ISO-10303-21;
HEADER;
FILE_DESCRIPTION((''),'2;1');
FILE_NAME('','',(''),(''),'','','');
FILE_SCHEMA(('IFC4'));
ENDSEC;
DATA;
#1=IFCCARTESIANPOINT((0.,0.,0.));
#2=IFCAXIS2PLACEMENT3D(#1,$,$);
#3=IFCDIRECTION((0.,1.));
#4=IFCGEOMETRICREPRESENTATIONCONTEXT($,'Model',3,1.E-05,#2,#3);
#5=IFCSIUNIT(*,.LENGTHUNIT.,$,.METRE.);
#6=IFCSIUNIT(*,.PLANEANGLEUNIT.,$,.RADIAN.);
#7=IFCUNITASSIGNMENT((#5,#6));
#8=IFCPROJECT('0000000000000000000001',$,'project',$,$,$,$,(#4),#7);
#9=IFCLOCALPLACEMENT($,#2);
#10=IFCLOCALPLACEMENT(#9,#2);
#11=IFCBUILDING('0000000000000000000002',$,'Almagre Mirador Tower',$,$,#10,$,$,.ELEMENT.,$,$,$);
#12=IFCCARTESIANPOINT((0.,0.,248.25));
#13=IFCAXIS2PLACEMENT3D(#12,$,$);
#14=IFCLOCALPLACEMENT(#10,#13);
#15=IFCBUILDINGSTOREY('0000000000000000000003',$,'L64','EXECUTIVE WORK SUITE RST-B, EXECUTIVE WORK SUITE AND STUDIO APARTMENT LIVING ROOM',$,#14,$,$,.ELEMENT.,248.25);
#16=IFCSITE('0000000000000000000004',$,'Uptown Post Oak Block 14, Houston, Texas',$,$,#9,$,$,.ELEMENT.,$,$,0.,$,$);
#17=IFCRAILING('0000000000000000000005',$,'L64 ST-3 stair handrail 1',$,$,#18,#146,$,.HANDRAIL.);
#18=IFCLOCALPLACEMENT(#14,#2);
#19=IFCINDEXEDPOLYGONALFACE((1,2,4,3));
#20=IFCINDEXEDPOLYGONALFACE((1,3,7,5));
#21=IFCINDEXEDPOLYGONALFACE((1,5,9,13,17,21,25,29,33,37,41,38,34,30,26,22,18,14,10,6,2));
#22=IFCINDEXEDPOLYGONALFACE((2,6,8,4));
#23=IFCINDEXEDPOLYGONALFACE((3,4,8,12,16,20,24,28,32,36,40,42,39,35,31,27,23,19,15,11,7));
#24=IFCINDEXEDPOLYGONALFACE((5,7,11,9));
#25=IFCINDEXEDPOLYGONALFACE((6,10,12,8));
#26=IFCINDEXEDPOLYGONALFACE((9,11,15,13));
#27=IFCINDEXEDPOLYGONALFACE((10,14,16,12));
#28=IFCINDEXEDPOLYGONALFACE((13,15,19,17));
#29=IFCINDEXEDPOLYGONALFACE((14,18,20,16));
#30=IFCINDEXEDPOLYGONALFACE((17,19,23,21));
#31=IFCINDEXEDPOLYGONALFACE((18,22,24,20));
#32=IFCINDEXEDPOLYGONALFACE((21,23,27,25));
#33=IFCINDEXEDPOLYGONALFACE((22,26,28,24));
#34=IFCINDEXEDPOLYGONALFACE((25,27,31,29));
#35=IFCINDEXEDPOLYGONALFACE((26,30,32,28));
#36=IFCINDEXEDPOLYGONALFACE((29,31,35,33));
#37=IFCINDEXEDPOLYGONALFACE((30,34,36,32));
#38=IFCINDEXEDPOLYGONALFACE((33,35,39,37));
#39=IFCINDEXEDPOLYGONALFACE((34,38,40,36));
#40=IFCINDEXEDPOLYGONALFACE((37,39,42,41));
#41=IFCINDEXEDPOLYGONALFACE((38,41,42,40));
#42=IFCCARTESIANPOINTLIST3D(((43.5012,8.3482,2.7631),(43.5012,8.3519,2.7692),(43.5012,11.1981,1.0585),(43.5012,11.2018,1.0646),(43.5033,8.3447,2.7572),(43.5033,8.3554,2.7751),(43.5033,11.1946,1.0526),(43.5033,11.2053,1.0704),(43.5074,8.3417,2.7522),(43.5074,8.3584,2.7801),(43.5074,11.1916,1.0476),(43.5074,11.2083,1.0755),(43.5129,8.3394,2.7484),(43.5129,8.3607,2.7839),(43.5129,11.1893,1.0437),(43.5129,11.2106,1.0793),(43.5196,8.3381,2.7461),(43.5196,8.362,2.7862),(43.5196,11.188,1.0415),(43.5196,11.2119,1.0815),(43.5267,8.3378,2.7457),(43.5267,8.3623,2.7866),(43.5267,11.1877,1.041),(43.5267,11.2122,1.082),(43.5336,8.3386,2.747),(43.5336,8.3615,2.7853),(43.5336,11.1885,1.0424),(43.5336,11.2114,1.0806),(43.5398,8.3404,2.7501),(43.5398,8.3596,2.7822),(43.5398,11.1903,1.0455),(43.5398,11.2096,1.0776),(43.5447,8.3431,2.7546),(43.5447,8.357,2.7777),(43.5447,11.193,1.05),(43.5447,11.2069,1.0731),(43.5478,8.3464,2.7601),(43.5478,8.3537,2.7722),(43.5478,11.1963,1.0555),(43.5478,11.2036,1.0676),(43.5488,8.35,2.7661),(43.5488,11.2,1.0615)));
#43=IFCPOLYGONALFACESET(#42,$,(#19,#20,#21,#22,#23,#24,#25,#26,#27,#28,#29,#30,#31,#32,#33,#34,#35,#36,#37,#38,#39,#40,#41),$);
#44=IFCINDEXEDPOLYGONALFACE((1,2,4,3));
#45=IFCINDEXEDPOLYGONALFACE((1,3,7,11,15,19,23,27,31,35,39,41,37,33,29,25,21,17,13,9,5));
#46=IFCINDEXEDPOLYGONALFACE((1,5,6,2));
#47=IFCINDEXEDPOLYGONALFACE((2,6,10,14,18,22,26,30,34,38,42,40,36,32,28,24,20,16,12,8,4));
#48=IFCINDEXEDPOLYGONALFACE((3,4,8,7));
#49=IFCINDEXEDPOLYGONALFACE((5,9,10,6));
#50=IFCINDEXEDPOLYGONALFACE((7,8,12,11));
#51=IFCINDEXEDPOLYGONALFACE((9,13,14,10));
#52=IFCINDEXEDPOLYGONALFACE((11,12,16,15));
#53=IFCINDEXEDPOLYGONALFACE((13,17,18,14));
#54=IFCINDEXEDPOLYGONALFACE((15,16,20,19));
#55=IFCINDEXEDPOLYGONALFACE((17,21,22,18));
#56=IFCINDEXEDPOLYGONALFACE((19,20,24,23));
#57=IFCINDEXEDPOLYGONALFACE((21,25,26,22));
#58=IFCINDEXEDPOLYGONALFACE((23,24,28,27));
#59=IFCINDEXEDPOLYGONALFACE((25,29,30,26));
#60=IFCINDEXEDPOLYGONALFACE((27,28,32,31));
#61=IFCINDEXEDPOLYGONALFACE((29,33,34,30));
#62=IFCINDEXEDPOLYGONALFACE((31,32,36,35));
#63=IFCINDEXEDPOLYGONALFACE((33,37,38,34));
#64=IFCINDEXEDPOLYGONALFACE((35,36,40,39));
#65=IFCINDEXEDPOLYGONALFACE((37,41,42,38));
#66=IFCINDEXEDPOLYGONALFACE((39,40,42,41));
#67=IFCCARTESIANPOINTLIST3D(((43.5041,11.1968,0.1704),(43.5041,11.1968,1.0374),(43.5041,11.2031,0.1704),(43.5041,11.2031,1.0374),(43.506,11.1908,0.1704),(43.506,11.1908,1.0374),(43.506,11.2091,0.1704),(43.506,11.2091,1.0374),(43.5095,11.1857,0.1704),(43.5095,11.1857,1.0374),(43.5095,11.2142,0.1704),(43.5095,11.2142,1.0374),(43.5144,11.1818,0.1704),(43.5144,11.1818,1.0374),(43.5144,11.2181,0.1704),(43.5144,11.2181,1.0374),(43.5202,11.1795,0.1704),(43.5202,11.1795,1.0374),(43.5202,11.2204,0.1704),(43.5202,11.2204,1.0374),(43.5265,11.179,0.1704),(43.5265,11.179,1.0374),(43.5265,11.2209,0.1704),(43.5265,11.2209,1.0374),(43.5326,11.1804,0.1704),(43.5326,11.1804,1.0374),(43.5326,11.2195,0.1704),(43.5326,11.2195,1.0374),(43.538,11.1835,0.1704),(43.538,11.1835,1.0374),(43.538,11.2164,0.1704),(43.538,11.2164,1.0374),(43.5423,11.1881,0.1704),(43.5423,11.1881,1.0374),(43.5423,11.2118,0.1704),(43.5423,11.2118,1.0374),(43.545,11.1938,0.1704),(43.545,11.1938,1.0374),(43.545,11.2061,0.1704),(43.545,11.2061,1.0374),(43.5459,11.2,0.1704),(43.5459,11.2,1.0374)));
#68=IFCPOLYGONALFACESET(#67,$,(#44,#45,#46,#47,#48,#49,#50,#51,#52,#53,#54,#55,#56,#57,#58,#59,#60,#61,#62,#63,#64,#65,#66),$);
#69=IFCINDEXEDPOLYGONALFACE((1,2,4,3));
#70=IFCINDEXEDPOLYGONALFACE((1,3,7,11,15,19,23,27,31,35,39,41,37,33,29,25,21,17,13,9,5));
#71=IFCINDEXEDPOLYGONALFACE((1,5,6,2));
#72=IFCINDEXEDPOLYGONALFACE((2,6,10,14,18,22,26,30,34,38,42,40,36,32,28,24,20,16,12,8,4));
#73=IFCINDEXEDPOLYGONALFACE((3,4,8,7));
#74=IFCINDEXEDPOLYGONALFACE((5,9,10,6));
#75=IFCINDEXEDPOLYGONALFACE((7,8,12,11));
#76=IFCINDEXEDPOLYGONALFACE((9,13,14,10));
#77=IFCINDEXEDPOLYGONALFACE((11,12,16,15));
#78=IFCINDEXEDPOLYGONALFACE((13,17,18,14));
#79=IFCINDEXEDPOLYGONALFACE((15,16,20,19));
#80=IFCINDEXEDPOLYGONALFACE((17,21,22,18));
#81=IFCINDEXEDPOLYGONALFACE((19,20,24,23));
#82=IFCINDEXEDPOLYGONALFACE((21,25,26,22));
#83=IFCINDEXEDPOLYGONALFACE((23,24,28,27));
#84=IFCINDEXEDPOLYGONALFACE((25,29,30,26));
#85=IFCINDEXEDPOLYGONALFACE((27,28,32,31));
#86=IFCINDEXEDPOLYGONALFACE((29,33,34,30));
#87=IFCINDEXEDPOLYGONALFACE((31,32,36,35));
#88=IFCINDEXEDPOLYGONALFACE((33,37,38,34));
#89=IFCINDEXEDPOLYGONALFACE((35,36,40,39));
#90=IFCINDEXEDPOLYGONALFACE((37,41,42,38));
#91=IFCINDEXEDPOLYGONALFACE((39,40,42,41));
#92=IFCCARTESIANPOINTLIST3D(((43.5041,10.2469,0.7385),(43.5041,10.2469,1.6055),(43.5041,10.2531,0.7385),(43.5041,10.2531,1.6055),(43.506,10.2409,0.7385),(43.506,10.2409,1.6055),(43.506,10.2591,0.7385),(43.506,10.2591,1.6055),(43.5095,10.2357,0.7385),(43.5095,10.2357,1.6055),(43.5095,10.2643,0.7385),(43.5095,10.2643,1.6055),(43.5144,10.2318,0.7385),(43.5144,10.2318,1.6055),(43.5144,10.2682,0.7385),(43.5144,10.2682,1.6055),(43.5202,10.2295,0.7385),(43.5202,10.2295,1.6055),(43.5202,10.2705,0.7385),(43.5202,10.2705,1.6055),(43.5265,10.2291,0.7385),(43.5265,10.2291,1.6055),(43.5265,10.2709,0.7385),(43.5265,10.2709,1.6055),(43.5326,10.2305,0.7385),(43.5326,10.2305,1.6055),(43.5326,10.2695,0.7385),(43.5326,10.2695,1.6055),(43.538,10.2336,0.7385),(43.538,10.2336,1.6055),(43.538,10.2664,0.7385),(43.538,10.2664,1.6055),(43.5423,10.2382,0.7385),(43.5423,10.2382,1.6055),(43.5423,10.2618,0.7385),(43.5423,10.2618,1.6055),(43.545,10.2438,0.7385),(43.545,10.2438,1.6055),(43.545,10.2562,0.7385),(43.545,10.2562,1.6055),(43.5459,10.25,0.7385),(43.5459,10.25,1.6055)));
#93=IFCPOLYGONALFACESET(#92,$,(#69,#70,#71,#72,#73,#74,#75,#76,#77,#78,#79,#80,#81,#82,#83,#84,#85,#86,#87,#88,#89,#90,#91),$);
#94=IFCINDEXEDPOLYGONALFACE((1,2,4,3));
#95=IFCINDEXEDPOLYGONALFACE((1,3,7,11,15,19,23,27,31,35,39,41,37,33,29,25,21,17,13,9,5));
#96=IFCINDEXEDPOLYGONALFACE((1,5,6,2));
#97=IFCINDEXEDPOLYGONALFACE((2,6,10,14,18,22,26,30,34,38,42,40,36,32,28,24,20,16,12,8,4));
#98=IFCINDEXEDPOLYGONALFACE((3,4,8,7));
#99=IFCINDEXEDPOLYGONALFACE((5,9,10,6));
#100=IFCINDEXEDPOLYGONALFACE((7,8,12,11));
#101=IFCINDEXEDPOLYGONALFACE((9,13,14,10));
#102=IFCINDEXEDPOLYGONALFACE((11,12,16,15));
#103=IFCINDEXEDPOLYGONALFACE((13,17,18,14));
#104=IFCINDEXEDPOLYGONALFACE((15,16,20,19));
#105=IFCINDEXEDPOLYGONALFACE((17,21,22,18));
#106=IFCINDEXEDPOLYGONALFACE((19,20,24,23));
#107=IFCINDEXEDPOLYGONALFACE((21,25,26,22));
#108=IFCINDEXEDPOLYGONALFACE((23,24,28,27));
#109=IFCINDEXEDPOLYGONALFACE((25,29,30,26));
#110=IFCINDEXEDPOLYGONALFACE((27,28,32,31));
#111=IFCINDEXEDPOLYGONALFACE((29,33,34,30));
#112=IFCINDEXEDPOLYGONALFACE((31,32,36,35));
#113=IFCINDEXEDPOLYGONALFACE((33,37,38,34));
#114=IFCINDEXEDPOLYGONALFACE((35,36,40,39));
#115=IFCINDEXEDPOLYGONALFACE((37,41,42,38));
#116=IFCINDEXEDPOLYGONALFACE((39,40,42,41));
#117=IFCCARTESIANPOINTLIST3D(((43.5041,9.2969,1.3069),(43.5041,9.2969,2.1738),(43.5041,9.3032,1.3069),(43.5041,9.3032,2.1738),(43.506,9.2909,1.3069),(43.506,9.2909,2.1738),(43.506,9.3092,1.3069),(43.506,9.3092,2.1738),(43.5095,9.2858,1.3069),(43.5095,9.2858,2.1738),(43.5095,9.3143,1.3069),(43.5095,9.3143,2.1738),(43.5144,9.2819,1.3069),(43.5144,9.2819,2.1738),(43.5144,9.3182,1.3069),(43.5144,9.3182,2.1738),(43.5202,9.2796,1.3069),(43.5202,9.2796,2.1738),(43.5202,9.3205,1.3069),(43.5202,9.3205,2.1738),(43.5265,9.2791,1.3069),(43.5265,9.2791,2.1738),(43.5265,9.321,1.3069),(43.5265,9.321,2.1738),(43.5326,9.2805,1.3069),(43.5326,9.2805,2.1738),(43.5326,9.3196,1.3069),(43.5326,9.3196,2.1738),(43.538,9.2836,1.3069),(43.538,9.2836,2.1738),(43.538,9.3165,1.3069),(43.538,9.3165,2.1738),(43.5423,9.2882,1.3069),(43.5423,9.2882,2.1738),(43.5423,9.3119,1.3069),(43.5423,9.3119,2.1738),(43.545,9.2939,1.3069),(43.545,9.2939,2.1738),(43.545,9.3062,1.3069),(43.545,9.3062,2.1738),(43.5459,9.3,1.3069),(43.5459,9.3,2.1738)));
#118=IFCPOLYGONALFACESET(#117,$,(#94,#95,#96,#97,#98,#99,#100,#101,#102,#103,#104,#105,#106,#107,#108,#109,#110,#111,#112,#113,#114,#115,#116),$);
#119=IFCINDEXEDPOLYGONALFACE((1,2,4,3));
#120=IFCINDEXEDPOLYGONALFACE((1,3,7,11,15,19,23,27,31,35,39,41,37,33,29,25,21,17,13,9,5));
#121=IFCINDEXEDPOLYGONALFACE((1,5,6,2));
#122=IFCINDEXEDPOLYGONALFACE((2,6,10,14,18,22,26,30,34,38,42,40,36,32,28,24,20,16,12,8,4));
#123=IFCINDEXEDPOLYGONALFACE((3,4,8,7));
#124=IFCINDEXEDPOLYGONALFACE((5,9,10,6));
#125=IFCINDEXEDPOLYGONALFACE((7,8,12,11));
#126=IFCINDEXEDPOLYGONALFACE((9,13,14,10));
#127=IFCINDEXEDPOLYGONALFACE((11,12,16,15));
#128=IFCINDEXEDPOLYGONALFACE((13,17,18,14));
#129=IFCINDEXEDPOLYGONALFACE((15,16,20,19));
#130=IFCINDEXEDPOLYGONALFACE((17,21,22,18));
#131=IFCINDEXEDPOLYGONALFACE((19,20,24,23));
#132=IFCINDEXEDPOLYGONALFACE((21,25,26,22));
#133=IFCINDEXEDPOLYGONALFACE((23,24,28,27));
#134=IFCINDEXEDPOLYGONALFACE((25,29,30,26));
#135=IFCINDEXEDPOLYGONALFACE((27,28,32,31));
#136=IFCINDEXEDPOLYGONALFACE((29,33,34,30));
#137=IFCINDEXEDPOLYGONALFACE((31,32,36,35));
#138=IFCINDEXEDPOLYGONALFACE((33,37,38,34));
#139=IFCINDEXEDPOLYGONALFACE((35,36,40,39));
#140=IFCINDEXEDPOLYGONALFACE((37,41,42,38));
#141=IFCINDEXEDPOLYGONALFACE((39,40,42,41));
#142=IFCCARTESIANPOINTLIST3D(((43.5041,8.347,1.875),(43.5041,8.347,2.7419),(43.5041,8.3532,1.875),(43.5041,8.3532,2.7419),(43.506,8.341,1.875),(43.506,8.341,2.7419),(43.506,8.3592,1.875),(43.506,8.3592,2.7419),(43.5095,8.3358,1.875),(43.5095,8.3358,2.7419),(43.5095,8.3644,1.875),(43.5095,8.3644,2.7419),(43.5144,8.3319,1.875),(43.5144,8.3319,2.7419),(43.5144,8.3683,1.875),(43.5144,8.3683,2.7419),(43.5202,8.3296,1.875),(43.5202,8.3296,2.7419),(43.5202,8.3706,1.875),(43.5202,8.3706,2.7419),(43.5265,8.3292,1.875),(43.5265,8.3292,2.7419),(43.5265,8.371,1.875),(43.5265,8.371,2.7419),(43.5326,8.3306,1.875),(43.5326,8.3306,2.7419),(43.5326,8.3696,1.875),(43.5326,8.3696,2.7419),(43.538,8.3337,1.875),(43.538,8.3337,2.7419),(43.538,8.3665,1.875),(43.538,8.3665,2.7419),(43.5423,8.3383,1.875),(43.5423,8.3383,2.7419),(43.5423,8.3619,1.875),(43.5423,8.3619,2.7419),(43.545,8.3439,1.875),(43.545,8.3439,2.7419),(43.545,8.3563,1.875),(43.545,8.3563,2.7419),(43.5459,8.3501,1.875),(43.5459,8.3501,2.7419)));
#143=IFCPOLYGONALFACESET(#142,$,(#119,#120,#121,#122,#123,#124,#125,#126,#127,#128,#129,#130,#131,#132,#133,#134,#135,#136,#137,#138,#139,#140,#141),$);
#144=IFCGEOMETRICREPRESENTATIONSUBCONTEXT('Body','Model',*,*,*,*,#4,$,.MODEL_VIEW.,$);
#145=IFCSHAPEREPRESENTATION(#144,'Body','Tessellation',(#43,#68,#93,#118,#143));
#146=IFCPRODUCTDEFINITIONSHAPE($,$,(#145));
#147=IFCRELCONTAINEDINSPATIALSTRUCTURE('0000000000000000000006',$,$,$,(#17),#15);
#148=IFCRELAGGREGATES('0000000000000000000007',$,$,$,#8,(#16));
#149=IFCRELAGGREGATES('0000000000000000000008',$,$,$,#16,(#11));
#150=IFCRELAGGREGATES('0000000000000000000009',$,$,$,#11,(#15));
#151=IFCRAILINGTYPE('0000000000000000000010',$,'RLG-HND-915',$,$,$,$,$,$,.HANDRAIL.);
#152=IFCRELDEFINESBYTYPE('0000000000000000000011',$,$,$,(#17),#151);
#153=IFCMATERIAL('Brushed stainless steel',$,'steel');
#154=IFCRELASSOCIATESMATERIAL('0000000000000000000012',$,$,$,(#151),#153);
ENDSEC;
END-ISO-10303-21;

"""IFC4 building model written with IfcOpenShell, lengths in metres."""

from ifc_helpers import new_model, si_unit, direction, frame, origin, origin_2d, place, context, subcontext, project, spatial, circle, extrude, material, type_object, element, save


model = new_model("IFC4")

# Units and contexts
model_context = context("Model", 3, precision=1e-05, world=origin(), true_north=direction((0.0, 1.0)))
body_context = subcontext(model_context, "Body", "Model", "MODEL_VIEW")
ifc_project = project(units=[si_unit("LENGTHUNIT", "METRE"), si_unit("PLANEANGLEUNIT", "RADIAN")], contexts=[model_context])

# Site, building, storey
site_placement = place(None, origin())
site = spatial("IfcSite", under=ifc_project, at=site_placement, Name="Uptown Post Oak Block 14, Houston, Texas", CompositionType="ELEMENT", RefElevation=0.0)
building_placement = place(site_placement, origin())
building = spatial("IfcBuilding", under=site, at=building_placement, Name="Almagre Mirador Tower", CompositionType="ELEMENT")
storey_placement = place(building_placement, frame((0.0, 0.0, 248.25)))
storey = spatial("IfcBuildingStorey", under=building, at=storey_placement, Name="L64", Description="EXECUTIVE WORK SUITE RST-B, EXECUTIVE WORK SUITE AND STUDIO APARTMENT LIVING ROOM", CompositionType="ELEMENT", Elevation=248.25)

# Railing
ifc_material_1 = material(Name="Brushed stainless steel", Category="steel")
railing_type_1 = type_object("IfcRailingType", Name="RLG-HND-915", PredefinedType="HANDRAIL", material=ifc_material_1)
railing_1_placement = place(storey_placement, frame((43.5249, 11.2, 0.1704)))
element("IfcRailing", 1, at=railing_1_placement, inside=storey, type_object=railing_type_1, Name="L64 ST-3 stair handrail 1", PredefinedType="HANDRAIL", context=body_context, shape_type="SweptSolid", body=[
    extrude(circle(Radius=0.0239, at=origin_2d()), frame((0.0, 0.0, 0.8911), z_axis=(0.0, -0.858199, 0.513317), x_axis=(1.0, 0.0, 0.0)), (0.0, 0.0, 1.0), 3.3208),
    extrude(circle(Radius=0.021, at=origin_2d()), origin(), (0.0, 0.0, 1.0), 0.8669),
    extrude(circle(Radius=0.021, at=origin_2d()), frame((0.0, -0.95, 0.5681)), (0.0, 0.0, 1.0), 0.8669),
    extrude(circle(Radius=0.021, at=origin_2d()), frame((0.0, -1.8999, 1.1365)), (0.0, 0.0, 1.0), 0.8669),
    extrude(circle(Radius=0.021, at=origin_2d()), frame((0.0, -2.8499, 1.7046)), (0.0, 0.0, 1.0), 0.8669),
])

save(model, "model.ifc")
